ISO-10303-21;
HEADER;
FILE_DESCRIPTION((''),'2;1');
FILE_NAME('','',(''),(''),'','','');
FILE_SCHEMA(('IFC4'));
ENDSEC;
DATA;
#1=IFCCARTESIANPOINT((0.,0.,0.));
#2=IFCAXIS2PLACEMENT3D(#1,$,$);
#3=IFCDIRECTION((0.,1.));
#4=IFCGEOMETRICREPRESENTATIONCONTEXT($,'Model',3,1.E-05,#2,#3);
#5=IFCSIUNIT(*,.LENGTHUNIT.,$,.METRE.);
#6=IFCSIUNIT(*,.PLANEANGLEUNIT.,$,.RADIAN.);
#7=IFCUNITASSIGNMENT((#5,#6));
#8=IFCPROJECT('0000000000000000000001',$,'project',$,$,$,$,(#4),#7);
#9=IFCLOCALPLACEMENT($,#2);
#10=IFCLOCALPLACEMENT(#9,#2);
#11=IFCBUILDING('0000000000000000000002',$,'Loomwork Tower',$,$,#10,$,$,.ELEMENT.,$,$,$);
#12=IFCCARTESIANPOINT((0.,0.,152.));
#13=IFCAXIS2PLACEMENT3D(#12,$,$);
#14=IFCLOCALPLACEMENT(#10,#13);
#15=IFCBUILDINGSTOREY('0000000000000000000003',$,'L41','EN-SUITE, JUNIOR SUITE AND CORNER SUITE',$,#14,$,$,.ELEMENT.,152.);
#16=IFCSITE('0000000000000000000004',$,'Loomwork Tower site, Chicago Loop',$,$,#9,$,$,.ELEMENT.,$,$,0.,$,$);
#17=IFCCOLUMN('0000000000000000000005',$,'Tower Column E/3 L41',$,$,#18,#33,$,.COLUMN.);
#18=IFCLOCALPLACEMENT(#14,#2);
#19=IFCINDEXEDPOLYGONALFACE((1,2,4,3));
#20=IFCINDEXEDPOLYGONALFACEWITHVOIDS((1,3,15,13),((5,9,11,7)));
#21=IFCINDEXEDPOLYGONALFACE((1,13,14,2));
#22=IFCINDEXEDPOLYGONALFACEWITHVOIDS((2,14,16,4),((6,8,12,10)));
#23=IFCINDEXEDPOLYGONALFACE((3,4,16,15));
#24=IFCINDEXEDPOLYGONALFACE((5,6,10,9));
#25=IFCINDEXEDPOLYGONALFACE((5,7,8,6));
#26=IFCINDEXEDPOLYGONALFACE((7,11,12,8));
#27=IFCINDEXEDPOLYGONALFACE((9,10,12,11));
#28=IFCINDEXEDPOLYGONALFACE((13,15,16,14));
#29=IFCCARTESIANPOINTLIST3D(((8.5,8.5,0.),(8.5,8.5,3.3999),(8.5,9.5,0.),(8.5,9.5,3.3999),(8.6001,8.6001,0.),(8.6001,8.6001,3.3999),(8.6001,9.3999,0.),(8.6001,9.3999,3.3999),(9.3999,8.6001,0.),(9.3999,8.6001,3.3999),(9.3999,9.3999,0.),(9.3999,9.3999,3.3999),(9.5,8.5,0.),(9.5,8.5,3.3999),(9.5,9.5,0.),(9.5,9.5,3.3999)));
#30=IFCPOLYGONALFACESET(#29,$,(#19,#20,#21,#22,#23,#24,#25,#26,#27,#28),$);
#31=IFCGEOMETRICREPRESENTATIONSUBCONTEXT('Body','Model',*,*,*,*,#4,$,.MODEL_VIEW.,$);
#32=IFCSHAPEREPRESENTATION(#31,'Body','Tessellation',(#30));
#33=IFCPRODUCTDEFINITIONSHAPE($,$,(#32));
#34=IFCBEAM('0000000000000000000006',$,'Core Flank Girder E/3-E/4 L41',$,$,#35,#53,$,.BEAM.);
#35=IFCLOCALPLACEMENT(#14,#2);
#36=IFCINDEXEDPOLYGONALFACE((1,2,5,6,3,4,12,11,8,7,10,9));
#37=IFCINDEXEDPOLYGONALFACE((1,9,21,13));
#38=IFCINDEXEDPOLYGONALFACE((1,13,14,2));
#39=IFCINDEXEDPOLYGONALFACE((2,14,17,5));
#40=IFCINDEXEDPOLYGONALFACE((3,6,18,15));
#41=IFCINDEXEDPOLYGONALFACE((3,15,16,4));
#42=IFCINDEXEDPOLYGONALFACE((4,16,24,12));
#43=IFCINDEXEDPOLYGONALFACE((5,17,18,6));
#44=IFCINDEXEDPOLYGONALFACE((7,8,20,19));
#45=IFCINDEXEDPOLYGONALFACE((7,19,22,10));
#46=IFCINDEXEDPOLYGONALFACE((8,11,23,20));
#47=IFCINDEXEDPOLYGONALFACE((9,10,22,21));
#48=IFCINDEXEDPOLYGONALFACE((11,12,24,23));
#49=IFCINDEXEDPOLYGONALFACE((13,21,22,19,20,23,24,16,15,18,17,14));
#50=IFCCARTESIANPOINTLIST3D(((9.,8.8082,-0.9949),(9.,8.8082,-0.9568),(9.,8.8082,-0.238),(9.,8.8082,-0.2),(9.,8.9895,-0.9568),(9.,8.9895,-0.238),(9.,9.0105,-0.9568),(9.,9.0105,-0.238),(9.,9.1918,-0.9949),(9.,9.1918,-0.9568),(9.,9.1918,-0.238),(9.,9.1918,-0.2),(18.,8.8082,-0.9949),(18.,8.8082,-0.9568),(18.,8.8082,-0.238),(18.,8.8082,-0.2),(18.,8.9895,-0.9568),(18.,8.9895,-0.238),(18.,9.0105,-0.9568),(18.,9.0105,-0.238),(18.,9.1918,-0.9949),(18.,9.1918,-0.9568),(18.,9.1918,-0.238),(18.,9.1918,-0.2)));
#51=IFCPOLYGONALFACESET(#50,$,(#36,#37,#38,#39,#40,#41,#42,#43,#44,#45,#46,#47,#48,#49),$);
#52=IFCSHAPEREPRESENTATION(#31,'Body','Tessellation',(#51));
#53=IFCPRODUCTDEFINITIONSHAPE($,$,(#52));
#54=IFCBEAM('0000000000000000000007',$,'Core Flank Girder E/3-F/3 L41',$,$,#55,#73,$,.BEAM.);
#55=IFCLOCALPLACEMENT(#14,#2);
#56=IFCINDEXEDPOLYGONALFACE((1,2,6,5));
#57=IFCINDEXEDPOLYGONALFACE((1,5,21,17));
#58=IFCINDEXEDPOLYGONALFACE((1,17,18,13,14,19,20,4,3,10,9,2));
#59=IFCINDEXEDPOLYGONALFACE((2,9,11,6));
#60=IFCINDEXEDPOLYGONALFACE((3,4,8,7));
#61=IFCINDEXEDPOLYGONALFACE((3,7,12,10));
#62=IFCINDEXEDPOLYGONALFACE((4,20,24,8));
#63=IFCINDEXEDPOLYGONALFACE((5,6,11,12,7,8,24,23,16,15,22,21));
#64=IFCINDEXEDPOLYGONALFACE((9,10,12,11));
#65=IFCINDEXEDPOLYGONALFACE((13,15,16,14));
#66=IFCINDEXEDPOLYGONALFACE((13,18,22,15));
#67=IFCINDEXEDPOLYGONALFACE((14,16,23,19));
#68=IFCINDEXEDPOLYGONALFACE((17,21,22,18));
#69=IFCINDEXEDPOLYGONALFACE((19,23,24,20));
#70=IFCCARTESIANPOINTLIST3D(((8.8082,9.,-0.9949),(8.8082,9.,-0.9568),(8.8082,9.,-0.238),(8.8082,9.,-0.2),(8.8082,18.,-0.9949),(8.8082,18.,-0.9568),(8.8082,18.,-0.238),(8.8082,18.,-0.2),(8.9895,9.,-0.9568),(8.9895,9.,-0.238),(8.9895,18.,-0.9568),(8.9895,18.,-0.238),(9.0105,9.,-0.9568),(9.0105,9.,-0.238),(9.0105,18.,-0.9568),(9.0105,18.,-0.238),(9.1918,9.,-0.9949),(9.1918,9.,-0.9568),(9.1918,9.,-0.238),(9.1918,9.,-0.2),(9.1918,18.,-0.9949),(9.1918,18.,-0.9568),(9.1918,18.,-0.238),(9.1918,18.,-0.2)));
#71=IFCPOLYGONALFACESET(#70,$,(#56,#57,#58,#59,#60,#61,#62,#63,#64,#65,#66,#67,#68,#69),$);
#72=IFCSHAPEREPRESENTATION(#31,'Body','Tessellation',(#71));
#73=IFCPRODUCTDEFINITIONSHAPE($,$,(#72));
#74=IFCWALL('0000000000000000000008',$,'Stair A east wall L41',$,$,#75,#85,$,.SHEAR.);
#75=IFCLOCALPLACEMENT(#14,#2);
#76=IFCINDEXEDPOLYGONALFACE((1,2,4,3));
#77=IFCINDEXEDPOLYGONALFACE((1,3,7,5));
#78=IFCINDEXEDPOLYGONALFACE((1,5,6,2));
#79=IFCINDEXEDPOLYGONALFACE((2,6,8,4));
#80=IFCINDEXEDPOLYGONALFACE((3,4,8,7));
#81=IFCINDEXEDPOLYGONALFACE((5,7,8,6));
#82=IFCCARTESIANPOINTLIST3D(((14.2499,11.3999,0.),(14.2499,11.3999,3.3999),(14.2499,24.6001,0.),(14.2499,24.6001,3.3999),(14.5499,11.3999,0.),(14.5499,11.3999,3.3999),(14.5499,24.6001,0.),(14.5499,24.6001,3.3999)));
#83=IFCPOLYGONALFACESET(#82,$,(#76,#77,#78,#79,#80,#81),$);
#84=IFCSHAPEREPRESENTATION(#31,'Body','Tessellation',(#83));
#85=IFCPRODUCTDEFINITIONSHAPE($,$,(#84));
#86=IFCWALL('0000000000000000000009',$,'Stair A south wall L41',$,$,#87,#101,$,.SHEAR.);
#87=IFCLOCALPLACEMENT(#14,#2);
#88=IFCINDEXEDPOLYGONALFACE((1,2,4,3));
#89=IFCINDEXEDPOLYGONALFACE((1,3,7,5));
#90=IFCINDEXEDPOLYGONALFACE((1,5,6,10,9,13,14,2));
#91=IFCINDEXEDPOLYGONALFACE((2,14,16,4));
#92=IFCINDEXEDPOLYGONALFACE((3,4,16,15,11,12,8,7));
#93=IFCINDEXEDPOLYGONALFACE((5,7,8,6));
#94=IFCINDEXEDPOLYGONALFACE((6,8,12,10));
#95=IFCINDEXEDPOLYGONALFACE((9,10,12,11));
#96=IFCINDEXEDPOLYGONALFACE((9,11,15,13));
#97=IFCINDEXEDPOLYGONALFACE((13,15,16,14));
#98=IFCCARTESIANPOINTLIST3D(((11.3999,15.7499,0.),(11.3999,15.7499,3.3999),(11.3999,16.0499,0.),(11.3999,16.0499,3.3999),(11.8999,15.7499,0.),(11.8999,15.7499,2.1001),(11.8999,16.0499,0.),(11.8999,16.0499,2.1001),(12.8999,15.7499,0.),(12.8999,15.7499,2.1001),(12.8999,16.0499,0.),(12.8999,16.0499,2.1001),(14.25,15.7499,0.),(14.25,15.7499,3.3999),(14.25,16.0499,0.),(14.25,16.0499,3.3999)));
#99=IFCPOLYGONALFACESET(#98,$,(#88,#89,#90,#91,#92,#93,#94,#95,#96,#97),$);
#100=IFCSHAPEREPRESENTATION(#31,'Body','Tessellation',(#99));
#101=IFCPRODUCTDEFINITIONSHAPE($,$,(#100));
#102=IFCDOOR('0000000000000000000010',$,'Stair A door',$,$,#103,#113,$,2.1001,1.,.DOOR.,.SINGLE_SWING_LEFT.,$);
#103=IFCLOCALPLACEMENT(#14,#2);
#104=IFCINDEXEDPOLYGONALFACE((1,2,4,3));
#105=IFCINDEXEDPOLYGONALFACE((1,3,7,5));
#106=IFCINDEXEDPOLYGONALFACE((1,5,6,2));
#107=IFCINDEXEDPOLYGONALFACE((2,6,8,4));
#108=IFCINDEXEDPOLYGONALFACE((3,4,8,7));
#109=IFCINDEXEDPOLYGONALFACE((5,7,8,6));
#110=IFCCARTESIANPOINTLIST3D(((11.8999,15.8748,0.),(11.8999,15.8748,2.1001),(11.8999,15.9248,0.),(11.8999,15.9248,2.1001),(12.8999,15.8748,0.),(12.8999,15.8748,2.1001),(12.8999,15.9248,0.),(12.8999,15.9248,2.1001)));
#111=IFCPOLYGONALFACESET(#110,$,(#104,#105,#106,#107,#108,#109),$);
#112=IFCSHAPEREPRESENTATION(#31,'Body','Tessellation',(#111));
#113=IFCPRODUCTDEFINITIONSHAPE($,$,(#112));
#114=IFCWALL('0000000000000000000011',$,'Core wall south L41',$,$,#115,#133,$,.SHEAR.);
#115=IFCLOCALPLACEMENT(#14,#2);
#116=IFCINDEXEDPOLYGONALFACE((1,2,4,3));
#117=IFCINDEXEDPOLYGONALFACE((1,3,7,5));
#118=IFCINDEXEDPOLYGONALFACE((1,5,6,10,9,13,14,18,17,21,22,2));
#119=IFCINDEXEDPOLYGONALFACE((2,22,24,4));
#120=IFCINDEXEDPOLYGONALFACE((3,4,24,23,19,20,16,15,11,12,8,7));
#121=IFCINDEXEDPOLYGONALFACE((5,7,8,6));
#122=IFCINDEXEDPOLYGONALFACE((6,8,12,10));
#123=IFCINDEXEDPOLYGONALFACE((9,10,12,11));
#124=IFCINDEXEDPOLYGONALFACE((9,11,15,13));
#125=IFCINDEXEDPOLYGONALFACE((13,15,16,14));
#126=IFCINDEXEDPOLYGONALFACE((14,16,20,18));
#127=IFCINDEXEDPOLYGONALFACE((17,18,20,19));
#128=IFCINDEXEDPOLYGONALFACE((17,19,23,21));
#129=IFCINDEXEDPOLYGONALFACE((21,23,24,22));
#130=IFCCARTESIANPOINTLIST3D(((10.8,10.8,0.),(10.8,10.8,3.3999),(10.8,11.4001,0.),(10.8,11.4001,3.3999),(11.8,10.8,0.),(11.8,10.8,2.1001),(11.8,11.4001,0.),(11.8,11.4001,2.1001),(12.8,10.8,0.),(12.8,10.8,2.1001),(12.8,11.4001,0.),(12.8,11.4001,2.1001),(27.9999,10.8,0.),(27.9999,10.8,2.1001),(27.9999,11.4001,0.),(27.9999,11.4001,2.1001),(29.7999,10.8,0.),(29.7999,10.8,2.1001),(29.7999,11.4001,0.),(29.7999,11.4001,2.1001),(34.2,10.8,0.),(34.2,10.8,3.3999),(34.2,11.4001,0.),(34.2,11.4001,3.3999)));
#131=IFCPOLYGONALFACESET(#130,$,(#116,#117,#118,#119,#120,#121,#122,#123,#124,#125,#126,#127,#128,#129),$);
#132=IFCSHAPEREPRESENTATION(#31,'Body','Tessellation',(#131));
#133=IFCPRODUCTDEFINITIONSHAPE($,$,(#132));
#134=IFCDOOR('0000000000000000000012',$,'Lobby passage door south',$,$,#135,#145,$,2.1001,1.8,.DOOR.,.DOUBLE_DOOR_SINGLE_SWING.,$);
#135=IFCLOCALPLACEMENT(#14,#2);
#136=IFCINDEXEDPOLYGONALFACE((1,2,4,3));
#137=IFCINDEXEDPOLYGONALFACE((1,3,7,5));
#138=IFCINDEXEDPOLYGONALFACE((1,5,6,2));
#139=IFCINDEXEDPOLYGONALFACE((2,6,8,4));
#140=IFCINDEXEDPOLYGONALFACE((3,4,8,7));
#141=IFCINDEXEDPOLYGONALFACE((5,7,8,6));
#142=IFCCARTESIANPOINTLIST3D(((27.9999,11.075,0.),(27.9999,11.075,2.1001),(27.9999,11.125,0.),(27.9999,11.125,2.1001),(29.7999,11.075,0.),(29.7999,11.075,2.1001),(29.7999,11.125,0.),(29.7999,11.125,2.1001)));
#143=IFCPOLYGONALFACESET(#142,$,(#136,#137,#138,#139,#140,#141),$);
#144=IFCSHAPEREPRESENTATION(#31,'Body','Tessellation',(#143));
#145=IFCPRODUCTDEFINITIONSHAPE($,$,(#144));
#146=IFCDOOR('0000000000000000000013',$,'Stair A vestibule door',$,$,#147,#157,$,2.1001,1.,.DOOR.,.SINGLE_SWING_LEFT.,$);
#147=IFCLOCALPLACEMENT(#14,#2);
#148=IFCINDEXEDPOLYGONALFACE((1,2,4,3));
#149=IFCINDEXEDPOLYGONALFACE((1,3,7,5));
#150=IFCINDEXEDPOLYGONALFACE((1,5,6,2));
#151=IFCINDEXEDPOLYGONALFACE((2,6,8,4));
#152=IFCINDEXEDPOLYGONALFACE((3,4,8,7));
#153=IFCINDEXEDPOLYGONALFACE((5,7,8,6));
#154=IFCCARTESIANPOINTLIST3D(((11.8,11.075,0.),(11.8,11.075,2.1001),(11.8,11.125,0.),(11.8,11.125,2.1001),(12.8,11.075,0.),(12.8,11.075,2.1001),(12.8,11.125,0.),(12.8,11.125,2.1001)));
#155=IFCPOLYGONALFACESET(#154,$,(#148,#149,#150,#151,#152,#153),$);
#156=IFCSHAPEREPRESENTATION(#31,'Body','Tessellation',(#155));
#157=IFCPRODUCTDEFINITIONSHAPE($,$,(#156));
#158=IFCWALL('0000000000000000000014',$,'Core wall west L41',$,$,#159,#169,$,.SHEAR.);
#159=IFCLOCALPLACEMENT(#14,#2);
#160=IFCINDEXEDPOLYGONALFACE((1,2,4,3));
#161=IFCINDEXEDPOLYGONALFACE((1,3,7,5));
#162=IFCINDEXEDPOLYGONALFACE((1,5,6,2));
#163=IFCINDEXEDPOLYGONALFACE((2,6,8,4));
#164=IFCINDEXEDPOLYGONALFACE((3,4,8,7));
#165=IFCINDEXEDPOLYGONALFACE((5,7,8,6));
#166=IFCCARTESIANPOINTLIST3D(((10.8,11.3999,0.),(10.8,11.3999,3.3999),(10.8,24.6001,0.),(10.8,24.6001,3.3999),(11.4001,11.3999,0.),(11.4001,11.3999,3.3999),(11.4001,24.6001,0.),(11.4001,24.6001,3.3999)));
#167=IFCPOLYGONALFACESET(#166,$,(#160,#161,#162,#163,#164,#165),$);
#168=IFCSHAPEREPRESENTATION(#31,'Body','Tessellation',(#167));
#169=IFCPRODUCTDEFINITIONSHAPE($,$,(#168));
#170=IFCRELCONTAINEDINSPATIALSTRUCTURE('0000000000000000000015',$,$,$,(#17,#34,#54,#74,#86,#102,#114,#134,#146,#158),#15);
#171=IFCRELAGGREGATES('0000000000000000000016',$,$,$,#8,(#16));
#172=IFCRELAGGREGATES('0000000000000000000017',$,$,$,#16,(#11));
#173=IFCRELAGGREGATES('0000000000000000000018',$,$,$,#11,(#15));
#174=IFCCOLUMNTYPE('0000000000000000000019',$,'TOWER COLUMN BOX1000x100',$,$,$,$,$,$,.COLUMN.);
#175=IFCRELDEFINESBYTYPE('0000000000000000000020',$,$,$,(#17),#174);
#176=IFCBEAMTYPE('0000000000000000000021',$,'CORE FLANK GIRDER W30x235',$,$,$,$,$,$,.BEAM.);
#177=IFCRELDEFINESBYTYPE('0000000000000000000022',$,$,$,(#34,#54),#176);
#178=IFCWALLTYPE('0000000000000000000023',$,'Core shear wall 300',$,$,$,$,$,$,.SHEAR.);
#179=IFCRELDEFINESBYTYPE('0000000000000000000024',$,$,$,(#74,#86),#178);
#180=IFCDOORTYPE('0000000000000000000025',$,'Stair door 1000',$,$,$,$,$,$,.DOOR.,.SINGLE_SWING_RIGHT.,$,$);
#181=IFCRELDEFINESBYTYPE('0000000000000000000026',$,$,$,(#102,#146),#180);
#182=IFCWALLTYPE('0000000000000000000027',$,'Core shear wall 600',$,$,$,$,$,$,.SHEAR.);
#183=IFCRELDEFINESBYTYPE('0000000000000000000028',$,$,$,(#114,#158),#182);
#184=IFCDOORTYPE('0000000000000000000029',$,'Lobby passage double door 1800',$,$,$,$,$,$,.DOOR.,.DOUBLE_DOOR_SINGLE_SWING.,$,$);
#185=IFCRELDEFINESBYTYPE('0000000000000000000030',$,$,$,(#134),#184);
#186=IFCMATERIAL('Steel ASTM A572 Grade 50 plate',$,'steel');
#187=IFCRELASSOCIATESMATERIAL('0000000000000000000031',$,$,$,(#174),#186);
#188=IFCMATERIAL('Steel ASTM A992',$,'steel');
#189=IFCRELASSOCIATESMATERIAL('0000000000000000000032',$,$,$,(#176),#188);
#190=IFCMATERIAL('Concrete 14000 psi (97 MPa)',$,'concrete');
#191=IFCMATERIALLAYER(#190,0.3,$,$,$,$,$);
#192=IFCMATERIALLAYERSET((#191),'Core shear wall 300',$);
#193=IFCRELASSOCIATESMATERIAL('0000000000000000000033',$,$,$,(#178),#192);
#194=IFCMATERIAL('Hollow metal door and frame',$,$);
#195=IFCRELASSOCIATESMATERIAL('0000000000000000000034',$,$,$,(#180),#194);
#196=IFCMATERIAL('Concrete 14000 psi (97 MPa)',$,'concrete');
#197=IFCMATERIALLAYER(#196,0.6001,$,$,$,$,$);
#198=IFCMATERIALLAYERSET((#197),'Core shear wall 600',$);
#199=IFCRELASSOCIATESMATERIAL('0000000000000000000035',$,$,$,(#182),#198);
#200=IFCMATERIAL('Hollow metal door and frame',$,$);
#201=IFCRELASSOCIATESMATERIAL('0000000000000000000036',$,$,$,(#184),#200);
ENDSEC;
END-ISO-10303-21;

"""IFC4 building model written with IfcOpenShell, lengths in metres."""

from ifc_helpers import new_model, si_unit, direction, frame, frame_2d, origin, origin_2d, place, context, subcontext, project, spatial, rectangle, hollow_rectangle, i_section, extrude, material, layer, layer_set, material_profile, profile_set, type_object, element, fill, save


model = new_model("IFC4")

# Units and contexts
model_context = context("Model", 3, precision=1e-05, world=origin(), true_north=direction((0.0, 1.0)))
body_context = subcontext(model_context, "Body", "Model", "MODEL_VIEW")
ifc_project = project(units=[si_unit("LENGTHUNIT", "METRE"), si_unit("PLANEANGLEUNIT", "RADIAN")], contexts=[model_context])

# Site, building, storey
site_placement = place(None, origin())
site = spatial("IfcSite", under=ifc_project, at=site_placement, Name="Loomwork Tower site, Chicago Loop", CompositionType="ELEMENT", RefElevation=0.0)
building_placement = place(site_placement, origin())
building = spatial("IfcBuilding", under=site, at=building_placement, Name="Loomwork Tower", CompositionType="ELEMENT")
storey_placement = place(building_placement, frame((0.0, 0.0, 152.0)))
storey = spatial("IfcBuildingStorey", under=building, at=storey_placement, Name="L41", Description="EN-SUITE, JUNIOR SUITE AND CORNER SUITE", CompositionType="ELEMENT", Elevation=152.0)

# Column
ifc_material_1 = material(Name="Steel ASTM A572 Grade 50 plate", Category="steel")
ifc_material_profile_1 = material_profile(ifc_material_1, hollow_rectangle(XDim=1.0, YDim=1.0, WallThickness=0.1001, at=origin_2d()), Name="BOX1000x100")
ifc_profile_set_1 = profile_set([ifc_material_profile_1], Name="Steel ASTM A572 Grade 50 plate")
column_type = type_object("IfcColumnType", Name="TOWER COLUMN BOX1000x100", PredefinedType="COLUMN", material=ifc_profile_set_1)
column_placement = place(storey_placement, frame((9.0, 9.0, 0.0), z_axis=(0.0, 0.0, 1.0), x_axis=(1.0, 0.0, 0.0)))
element("IfcColumn", 1, at=column_placement, inside=storey, type_object=column_type, Name="Tower Column E/3 L41", PredefinedType="COLUMN", context=body_context, shape_type="SweptSolid", body=[
    extrude(hollow_rectangle(XDim=1.0, YDim=1.0, WallThickness=0.1001, at=origin_2d()), origin(), (0.0, 0.0, 1.0), 3.3999),
])

# Beams
ifc_material_2 = material(Name="Steel ASTM A992", Category="steel")
ifc_material_profile_2 = material_profile(ifc_material_2, i_section(OverallWidth=0.3835, OverallDepth=0.7949, WebThickness=0.021, FlangeThickness=0.0381, at=origin_2d()), Name="W30x235")
ifc_profile_set_2 = profile_set([ifc_material_profile_2], Name="Steel ASTM A992")
beam_type = type_object("IfcBeamType", Name="CORE FLANK GIRDER W30x235", PredefinedType="BEAM", material=ifc_profile_set_2)
for number, where, z_axis, x_axis, name in (
    (2, (9.0, 9.0, -0.5974), (1.0, 0.0, 0.0), (0.0, 1.0, 0.0), "Core Flank Girder E/3-E/4 L41"),
    (3, (9.0, 9.0, -0.5974), (0.0, 1.0, 0.0), (-1.0, 0.0, 0.0), "Core Flank Girder E/3-F/3 L41"),
):
    element("IfcBeam", number, at=place(storey_placement, frame(where, z_axis=z_axis, x_axis=x_axis)), inside=storey, type_object=beam_type, Name=name, PredefinedType="BEAM", context=body_context, shape_type="SweptSolid", body=[
        extrude(i_section(OverallWidth=0.3835, OverallDepth=0.7949, WebThickness=0.021, FlangeThickness=0.0381, at=origin_2d()), origin(), (0.0, 0.0, 1.0), 9.0),
    ])

# Wall
ifc_material_3 = material(Name="Concrete 14000 psi (97 MPa)", Category="concrete")
ifc_layer_1 = layer(ifc_material_3, 0.3)
ifc_layer_set_1 = layer_set([ifc_layer_1], Name="Core shear wall 300")
wall_type_1 = type_object("IfcWallType", Name="Core shear wall 300", PredefinedType="SHEAR", material=ifc_layer_set_1)
wall_1_placement = place(storey_placement, frame((14.3999, 11.3999, 0.0), z_axis=(0.0, 0.0, 1.0), x_axis=(0.0, 1.0, 0.0)))
element("IfcWall", 4, at=wall_1_placement, inside=storey, type_object=wall_type_1, Name="Stair A east wall L41", PredefinedType="SHEAR", context=body_context, shape_type="SweptSolid", body=[
    extrude(rectangle(XDim=13.2002, YDim=0.3, at=frame_2d((6.6001, 0.0))), origin(), (0.0, 0.0, 1.0), 3.3999),
])

# Wall, opening, door
wall_2_placement = place(storey_placement, frame((11.3999, 15.8999, 0.0), z_axis=(0.0, 0.0, 1.0), x_axis=(1.0, 0.0, 0.0)))
wall_2 = element("IfcWall", 5, at=wall_2_placement, inside=storey, type_object=wall_type_1, Name="Stair A south wall L41", PredefinedType="SHEAR", context=body_context, shape_type="SweptSolid", body=[
    extrude(rectangle(XDim=2.8501, YDim=0.3, at=frame_2d((1.425, 0.0))), origin(), (0.0, 0.0, 1.0), 3.3999),
])
opening_1_placement = place(wall_2_placement, frame((0.5, 0.0, 0.0)))
opening_1 = element("IfcOpeningElement", 6, at=opening_1_placement, cuts=wall_2, PredefinedType="OPENING", context=body_context, shape_type="SweptSolid", body=[
    extrude(rectangle(XDim=1.0, YDim=2.1001, at=frame_2d((0.5, 1.05))), frame((0.0, 0.1599, 0.0), z_axis=(0.0, -1.0, 0.0), x_axis=(1.0, 0.0, 0.0)), (0.0, 0.0, 1.0), 0.3201),
])
ifc_material_4 = material(Name="Hollow metal door and frame")
door_type_1 = type_object("IfcDoorType", Name="Stair door 1000", OperationType="SINGLE_SWING_RIGHT", PredefinedType="DOOR", material=ifc_material_4)
door_1_placement = place(opening_1_placement, origin())
door_1 = element("IfcDoor", 7, at=door_1_placement, inside=storey, type_object=door_type_1, Name="Stair A door", OperationType="SINGLE_SWING_LEFT", OverallHeight=2.1001, OverallWidth=1.0, PredefinedType="DOOR", context=body_context, shape_type="SweptSolid", body=[
    extrude(rectangle(XDim=1.0, YDim=2.1001, at=frame_2d((0.5, 1.05))), frame((0.0, 0.0249, 0.0), z_axis=(0.0, -1.0, 0.0), x_axis=(1.0, 0.0, 0.0)), (0.0, 0.0, 1.0), 0.05),
])
fill(opening_1, door_1)

# Wall, openings, doors
ifc_material_5 = material(Name="Concrete 14000 psi (97 MPa)", Category="concrete")
ifc_layer_2 = layer(ifc_material_5, 0.6001)
ifc_layer_set_2 = layer_set([ifc_layer_2], Name="Core shear wall 600")
wall_type_2 = type_object("IfcWallType", Name="Core shear wall 600", PredefinedType="SHEAR", material=ifc_layer_set_2)
wall_3_placement = place(storey_placement, frame((10.8, 11.1001, 0.0), z_axis=(0.0, 0.0, 1.0), x_axis=(1.0, 0.0, 0.0)))
wall_3 = element("IfcWall", 8, at=wall_3_placement, inside=storey, type_object=wall_type_2, Name="Core wall south L41", PredefinedType="SHEAR", context=body_context, shape_type="SweptSolid", body=[
    extrude(rectangle(XDim=23.3999, YDim=0.6001, at=frame_2d((11.7, 0.0))), origin(), (0.0, 0.0, 1.0), 3.3999),
])
opening_2_placement = place(wall_3_placement, frame((1.0, 0.0, 0.0)))
opening_2 = element("IfcOpeningElement", 9, at=opening_2_placement, cuts=wall_3, PredefinedType="OPENING", context=body_context, shape_type="SweptSolid", body=[
    extrude(rectangle(XDim=1.0, YDim=2.1001, at=frame_2d((0.5, 1.05))), frame((0.0, 0.3101, 0.0), z_axis=(0.0, -1.0, 0.0), x_axis=(1.0, 0.0, 0.0)), (0.0, 0.0, 1.0), 0.6201),
])
opening_3_placement = place(wall_3_placement, frame((17.2, 0.0, 0.0)))
opening_3 = element("IfcOpeningElement", 10, at=opening_3_placement, cuts=wall_3, PredefinedType="OPENING", context=body_context, shape_type="SweptSolid", body=[
    extrude(rectangle(XDim=1.8, YDim=2.1001, at=frame_2d((0.8999, 1.05))), frame((0.0, 0.3101, 0.0), z_axis=(0.0, -1.0, 0.0), x_axis=(1.0, 0.0, 0.0)), (0.0, 0.0, 1.0), 0.6201),
])
ifc_material_6 = material(Name="Hollow metal door and frame")
door_type_2 = type_object("IfcDoorType", Name="Lobby passage double door 1800", OperationType="DOUBLE_DOOR_SINGLE_SWING", PredefinedType="DOOR", material=ifc_material_6)
door_2_placement = place(opening_3_placement, origin())
door_2 = element("IfcDoor", 11, at=door_2_placement, inside=storey, type_object=door_type_2, Name="Lobby passage door south", OperationType="DOUBLE_DOOR_SINGLE_SWING", OverallHeight=2.1001, OverallWidth=1.8, PredefinedType="DOOR", context=body_context, shape_type="SweptSolid", body=[
    extrude(rectangle(XDim=1.8, YDim=2.1001, at=frame_2d((0.8999, 1.05))), frame((0.0, 0.0249, 0.0), z_axis=(0.0, -1.0, 0.0), x_axis=(1.0, 0.0, 0.0)), (0.0, 0.0, 1.0), 0.05),
])
fill(opening_3, door_2)
door_3_placement = place(opening_2_placement, origin())
door_3 = element("IfcDoor", 12, at=door_3_placement, inside=storey, type_object=door_type_1, Name="Stair A vestibule door", OperationType="SINGLE_SWING_LEFT", OverallHeight=2.1001, OverallWidth=1.0, PredefinedType="DOOR", context=body_context, shape_type="SweptSolid", body=[
    extrude(rectangle(XDim=1.0, YDim=2.1001, at=frame_2d((0.5, 1.05))), frame((0.0, 0.0249, 0.0), z_axis=(0.0, -1.0, 0.0), x_axis=(1.0, 0.0, 0.0)), (0.0, 0.0, 1.0), 0.05),
])
fill(opening_2, door_3)

# Wall
wall_4_placement = place(storey_placement, frame((11.1001, 11.3999, 0.0), z_axis=(0.0, 0.0, 1.0), x_axis=(0.0, 1.0, 0.0)))
element("IfcWall", 13, at=wall_4_placement, inside=storey, type_object=wall_type_2, Name="Core wall west L41", PredefinedType="SHEAR", context=body_context, shape_type="SweptSolid", body=[
    extrude(rectangle(XDim=13.2002, YDim=0.6001, at=frame_2d((6.6001, 0.0))), origin(), (0.0, 0.0, 1.0), 3.3999),
])

save(model, "model.ifc")
